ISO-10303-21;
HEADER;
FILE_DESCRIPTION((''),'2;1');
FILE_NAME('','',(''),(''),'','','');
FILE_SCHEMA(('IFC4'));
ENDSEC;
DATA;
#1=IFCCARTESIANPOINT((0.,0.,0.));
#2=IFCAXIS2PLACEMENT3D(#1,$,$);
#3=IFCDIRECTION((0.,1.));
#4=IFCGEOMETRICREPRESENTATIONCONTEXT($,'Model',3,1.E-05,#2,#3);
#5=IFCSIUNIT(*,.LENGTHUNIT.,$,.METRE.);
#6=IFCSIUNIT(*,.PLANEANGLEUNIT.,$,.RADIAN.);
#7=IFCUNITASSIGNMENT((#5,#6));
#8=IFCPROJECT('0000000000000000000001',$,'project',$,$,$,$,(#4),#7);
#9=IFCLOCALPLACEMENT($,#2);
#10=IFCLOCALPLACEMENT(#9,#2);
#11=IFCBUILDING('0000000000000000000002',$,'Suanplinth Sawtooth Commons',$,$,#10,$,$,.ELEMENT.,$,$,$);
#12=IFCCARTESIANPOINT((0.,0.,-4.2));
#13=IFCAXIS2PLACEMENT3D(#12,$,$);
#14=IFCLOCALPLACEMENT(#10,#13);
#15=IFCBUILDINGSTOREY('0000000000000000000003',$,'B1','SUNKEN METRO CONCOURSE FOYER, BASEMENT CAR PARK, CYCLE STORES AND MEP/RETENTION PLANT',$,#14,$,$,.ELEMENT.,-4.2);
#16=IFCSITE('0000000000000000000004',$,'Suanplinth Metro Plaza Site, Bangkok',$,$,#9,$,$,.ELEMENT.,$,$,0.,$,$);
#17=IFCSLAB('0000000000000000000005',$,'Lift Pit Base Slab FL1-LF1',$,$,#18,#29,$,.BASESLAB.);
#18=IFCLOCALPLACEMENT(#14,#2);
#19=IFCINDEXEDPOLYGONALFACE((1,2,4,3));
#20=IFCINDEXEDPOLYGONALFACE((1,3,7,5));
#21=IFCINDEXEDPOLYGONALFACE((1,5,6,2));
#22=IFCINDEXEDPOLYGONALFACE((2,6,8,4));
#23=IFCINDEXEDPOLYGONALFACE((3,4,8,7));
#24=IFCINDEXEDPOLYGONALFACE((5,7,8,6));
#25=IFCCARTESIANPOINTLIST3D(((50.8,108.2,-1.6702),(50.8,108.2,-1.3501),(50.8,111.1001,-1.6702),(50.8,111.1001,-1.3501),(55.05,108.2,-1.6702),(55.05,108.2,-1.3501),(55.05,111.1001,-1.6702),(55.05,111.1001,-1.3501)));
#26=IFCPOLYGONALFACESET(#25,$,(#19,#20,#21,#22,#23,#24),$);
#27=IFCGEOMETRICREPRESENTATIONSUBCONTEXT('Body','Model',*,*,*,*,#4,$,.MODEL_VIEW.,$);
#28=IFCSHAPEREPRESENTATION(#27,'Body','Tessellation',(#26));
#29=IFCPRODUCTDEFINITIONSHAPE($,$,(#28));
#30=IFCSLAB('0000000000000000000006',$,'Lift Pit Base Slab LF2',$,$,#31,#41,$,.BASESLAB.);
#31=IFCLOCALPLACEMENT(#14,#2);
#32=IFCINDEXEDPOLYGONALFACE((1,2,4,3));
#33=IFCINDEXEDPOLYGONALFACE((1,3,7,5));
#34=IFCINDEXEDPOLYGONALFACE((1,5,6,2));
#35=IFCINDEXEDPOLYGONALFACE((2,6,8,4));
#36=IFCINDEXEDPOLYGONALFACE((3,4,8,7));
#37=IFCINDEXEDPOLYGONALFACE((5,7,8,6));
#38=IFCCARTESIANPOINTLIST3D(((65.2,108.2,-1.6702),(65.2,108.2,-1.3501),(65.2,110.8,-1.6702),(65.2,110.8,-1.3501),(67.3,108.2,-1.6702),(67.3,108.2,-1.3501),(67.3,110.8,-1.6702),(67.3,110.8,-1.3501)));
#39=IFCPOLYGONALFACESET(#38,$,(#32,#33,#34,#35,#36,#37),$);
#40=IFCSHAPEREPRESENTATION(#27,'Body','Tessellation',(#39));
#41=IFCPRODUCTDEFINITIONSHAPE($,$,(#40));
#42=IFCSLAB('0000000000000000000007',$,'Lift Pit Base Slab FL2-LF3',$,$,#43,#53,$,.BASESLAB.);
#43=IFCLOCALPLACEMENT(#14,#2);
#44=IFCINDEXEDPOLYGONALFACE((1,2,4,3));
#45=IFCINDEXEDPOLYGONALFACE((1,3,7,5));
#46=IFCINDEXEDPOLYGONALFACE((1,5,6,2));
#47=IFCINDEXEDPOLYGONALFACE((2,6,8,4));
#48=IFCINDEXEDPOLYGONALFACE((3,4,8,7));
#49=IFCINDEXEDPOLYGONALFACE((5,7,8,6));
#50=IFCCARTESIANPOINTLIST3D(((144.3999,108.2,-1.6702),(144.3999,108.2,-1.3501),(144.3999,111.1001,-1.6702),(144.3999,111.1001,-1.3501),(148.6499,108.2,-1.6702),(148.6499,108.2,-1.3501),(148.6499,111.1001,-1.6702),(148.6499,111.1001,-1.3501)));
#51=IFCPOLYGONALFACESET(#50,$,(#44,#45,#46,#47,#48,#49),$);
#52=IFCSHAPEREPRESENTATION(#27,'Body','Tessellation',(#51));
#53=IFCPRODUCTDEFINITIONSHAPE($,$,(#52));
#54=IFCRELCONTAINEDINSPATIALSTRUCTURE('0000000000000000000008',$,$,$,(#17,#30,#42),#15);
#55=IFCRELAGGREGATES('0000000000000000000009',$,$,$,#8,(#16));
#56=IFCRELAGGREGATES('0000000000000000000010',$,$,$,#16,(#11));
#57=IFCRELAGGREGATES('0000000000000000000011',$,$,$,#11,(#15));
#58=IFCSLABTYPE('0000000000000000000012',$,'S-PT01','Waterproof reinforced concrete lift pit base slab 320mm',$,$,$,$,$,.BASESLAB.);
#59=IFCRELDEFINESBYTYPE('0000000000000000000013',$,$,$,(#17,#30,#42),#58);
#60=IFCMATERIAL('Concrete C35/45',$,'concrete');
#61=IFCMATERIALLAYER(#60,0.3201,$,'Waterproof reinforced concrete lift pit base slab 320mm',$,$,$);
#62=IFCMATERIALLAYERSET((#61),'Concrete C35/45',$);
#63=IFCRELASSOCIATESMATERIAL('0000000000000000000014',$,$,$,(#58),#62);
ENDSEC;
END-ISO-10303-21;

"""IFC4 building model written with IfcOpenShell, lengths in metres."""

from ifc_helpers import new_model, si_unit, direction, frame, origin, place, context, subcontext, project, spatial, polyline, outline, extrude, material, layer, layer_set, type_object, element, save


model = new_model("IFC4")

# Units and contexts
model_context = context("Model", 3, precision=1e-05, world=origin(), true_north=direction((0.0, 1.0)))
body_context = subcontext(model_context, "Body", "Model", "MODEL_VIEW")
ifc_project = project(units=[si_unit("LENGTHUNIT", "METRE"), si_unit("PLANEANGLEUNIT", "RADIAN")], contexts=[model_context])

# Site, building, storey
site_placement = place(None, origin())
site = spatial("IfcSite", under=ifc_project, at=site_placement, Name="Suanplinth Metro Plaza Site, Bangkok", CompositionType="ELEMENT", RefElevation=0.0)
building_placement = place(site_placement, origin())
building = spatial("IfcBuilding", under=site, at=building_placement, Name="Suanplinth Sawtooth Commons", CompositionType="ELEMENT")
storey_placement = place(building_placement, frame((0.0, 0.0, -4.2)))
storey = spatial("IfcBuildingStorey", under=building, at=storey_placement, Name="B1", Description="SUNKEN METRO CONCOURSE FOYER, BASEMENT CAR PARK, CYCLE STORES AND MEP/RETENTION PLANT", CompositionType="ELEMENT", Elevation=-4.2)

# Shared definitions
ifc_material_1 = material(Name="Concrete C35/45", Category="concrete")

# Slabs
ifc_layer_1 = layer(ifc_material_1, 0.3201, Name="Waterproof reinforced concrete lift pit base slab 320mm")
ifc_layer_set_1 = layer_set([ifc_layer_1], Name="Concrete C35/45")
slab_type_1 = type_object("IfcSlabType", Name="S-PT01", Description="Waterproof reinforced concrete lift pit base slab 320mm", PredefinedType="BASESLAB", material=ifc_layer_set_1)
slab_1_placement = place(storey_placement, frame((0.0, 0.0, -1.6702)))
element("IfcSlab", 1, at=slab_1_placement, inside=storey, type_object=slab_type_1, Name="Lift Pit Base Slab FL1-LF1", PredefinedType="BASESLAB", context=body_context, shape_type="SweptSolid", body=[
    extrude(outline(polyline([(50.8, 108.2), (55.05, 108.2), (55.05, 111.1001), (50.8, 111.1001), (50.8, 108.2)])), origin(), (0.0, 0.0, 1.0), 0.3201),
])
slab_2_placement = place(storey_placement, frame((0.0, 0.0, -1.6702)))
element("IfcSlab", 2, at=slab_2_placement, inside=storey, type_object=slab_type_1, Name="Lift Pit Base Slab LF2", PredefinedType="BASESLAB", context=body_context, shape_type="SweptSolid", body=[
    extrude(outline(polyline([(65.2, 108.2), (67.3, 108.2), (67.3, 110.8), (65.2, 110.8), (65.2, 108.2)])), origin(), (0.0, 0.0, 1.0), 0.3201),
])
slab_3_placement = place(storey_placement, frame((0.0, 0.0, -1.6702)))
element("IfcSlab", 3, at=slab_3_placement, inside=storey, type_object=slab_type_1, Name="Lift Pit Base Slab FL2-LF3", PredefinedType="BASESLAB", context=body_context, shape_type="SweptSolid", body=[
    extrude(outline(polyline([(144.3999, 108.2), (148.6499, 108.2), (148.6499, 111.1001), (144.3999, 111.1001), (144.3999, 108.2)])), origin(), (0.0, 0.0, 1.0), 0.3201),
])

save(model, "model.ifc")
